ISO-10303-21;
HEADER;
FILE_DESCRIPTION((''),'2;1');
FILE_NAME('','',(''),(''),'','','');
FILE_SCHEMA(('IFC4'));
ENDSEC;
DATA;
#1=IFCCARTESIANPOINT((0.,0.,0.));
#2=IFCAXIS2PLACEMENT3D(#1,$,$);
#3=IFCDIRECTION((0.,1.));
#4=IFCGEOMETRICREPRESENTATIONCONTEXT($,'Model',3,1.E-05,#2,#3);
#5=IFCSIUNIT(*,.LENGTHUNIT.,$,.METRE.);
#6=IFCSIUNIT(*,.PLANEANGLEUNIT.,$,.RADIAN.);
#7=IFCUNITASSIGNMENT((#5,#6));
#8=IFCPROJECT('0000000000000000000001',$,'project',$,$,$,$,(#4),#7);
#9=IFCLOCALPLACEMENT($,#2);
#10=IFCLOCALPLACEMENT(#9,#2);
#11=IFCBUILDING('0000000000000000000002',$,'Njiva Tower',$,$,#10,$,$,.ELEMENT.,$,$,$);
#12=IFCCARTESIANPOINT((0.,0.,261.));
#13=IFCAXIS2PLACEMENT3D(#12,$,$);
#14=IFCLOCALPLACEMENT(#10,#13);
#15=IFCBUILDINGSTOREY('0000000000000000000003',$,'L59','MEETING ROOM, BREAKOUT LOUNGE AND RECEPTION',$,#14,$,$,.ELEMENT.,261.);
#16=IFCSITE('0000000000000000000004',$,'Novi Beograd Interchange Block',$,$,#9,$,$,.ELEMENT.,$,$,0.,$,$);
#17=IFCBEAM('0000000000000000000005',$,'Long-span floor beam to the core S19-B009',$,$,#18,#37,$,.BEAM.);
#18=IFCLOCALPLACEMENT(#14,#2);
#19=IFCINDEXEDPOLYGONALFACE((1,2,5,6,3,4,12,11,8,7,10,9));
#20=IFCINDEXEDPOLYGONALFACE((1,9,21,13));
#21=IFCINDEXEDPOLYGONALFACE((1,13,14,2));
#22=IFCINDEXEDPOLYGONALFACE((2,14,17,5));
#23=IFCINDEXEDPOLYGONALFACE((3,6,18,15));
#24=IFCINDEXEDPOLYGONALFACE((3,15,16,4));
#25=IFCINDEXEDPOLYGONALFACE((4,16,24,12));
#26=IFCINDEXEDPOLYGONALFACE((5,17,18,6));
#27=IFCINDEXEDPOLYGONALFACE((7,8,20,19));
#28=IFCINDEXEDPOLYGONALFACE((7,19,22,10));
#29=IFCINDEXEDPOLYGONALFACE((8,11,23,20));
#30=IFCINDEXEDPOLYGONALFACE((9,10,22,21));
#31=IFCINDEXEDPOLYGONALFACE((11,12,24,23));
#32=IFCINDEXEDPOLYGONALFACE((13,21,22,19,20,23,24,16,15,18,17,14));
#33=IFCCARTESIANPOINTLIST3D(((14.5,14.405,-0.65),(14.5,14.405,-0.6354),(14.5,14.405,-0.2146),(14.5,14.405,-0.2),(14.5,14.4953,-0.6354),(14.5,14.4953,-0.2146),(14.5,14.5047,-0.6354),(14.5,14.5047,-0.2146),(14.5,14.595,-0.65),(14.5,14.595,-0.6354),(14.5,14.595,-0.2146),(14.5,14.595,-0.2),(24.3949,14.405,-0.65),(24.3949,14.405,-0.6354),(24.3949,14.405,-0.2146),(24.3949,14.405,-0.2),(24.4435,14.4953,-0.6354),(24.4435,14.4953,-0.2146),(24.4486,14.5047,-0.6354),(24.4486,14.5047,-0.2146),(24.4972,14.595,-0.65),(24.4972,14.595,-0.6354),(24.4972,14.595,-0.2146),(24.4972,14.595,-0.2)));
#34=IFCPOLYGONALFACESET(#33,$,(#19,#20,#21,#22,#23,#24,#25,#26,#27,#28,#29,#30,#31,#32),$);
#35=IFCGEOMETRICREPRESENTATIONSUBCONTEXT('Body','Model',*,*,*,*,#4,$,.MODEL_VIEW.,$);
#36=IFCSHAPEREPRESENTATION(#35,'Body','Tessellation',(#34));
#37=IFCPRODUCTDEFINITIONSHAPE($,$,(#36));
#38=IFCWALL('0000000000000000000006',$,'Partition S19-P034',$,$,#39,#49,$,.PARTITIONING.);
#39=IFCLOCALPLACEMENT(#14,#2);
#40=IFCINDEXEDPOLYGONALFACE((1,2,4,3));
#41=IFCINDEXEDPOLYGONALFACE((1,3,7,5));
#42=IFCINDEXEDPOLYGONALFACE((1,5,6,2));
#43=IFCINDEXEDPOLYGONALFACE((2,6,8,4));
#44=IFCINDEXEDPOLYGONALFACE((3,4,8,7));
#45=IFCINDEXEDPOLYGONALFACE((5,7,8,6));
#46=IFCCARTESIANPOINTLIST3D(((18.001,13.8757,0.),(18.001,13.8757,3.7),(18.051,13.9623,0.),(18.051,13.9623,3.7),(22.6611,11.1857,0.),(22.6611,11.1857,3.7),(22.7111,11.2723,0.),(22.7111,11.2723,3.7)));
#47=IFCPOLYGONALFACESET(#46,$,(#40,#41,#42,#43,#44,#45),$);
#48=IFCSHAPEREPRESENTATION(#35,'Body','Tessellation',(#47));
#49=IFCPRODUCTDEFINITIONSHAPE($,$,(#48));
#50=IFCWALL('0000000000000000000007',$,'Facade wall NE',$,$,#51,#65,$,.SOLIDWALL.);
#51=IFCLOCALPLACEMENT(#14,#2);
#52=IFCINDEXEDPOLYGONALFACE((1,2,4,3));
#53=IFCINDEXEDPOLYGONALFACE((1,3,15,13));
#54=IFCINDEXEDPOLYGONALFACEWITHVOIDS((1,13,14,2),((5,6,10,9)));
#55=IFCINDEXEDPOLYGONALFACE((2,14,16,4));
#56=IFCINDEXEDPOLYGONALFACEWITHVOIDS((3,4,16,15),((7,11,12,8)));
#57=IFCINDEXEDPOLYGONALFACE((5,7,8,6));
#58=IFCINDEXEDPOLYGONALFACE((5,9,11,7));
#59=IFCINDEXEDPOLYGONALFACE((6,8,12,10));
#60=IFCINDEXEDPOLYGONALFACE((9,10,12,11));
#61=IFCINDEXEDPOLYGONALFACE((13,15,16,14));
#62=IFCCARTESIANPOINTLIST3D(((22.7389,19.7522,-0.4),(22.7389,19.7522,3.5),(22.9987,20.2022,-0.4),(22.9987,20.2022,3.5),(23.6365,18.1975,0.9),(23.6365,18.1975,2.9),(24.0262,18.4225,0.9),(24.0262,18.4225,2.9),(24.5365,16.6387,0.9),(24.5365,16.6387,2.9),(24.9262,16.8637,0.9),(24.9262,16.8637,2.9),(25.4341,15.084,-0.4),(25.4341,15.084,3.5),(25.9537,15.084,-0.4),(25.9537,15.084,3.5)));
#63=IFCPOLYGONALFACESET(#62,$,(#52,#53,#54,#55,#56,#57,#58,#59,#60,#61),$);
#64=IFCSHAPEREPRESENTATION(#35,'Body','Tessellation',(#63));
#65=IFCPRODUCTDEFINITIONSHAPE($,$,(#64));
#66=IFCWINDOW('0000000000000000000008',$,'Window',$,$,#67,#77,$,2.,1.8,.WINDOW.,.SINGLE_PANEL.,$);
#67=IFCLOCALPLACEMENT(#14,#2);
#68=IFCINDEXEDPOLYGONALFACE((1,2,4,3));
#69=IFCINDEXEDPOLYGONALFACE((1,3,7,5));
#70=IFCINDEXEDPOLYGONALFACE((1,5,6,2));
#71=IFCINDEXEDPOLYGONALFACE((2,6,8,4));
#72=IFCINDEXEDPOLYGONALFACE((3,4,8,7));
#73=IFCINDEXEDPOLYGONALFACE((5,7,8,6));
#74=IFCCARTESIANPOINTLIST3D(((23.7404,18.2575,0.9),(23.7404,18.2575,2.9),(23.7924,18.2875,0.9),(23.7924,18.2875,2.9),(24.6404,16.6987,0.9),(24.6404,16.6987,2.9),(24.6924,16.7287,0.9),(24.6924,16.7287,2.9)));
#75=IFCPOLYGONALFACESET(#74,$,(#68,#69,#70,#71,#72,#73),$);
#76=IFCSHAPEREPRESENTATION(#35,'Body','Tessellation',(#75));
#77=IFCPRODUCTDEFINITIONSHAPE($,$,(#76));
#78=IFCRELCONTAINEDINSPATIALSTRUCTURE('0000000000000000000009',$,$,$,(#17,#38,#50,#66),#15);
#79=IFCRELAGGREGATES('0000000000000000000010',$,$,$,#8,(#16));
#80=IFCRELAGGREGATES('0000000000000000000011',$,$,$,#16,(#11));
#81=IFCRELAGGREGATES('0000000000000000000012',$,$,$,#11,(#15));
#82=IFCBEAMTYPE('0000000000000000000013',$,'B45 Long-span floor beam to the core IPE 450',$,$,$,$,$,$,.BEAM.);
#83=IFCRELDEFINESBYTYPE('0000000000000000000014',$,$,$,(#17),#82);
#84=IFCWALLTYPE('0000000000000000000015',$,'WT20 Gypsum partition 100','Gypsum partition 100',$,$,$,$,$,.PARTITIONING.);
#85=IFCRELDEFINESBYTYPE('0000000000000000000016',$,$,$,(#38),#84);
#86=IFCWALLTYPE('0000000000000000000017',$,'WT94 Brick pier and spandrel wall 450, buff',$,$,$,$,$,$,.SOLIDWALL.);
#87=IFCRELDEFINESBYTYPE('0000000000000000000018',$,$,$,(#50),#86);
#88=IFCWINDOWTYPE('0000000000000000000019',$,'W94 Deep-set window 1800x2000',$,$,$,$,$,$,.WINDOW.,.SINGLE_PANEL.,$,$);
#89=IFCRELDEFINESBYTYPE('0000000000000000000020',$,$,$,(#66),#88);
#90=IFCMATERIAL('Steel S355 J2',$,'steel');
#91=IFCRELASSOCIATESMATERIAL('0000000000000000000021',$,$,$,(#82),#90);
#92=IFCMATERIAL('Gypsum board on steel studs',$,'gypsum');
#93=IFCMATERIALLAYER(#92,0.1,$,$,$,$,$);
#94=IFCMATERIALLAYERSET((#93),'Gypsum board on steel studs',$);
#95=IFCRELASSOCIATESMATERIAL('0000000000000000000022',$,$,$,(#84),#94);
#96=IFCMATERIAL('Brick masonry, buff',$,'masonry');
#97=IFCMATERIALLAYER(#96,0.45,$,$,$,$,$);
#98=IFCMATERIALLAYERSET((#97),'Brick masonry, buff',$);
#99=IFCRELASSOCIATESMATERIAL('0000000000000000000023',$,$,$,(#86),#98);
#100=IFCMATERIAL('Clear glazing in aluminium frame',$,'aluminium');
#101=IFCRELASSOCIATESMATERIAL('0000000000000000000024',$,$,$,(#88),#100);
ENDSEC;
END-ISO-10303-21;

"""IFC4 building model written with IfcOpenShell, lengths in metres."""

from ifc_helpers import new_model, si_unit, direction, frame, frame_2d, origin, origin_2d, place, context, subcontext, project, spatial, polyline, rectangle, i_section, outline, extrude, clip, halfspace, material, layer, layer_set, material_profile, profile_set, type_object, element, fill, save


model = new_model("IFC4")

# Units and contexts
model_context = context("Model", 3, precision=1e-05, world=origin(), true_north=direction((0.0, 1.0)))
body_context = subcontext(model_context, "Body", "Model", "MODEL_VIEW")
ifc_project = project(units=[si_unit("LENGTHUNIT", "METRE"), si_unit("PLANEANGLEUNIT", "RADIAN")], contexts=[model_context])

# Site, building, storey
site_placement = place(None, origin())
site = spatial("IfcSite", under=ifc_project, at=site_placement, Name="Novi Beograd Interchange Block", CompositionType="ELEMENT", RefElevation=0.0)
building_placement = place(site_placement, origin())
building = spatial("IfcBuilding", under=site, at=building_placement, Name="Njiva Tower", CompositionType="ELEMENT")
storey_placement = place(building_placement, frame((0.0, 0.0, 261.0)))
storey = spatial("IfcBuildingStorey", under=building, at=storey_placement, Name="L59", Description="MEETING ROOM, BREAKOUT LOUNGE AND RECEPTION", CompositionType="ELEMENT", Elevation=261.0)

# Shared definitions
ifc_material_1 = material(Name="Steel S355 J2", Category="steel")

# Beam
ifc_material_profile_1 = material_profile(ifc_material_1, i_section(OverallWidth=0.19, OverallDepth=0.45, WebThickness=0.0094, FlangeThickness=0.0146, at=origin_2d()), Name="IPE 450")
ifc_profile_set_1 = profile_set([ifc_material_profile_1], Name="Steel S355 J2")
beam_type_1 = type_object("IfcBeamType", Name="B45 Long-span floor beam to the core IPE 450", PredefinedType="BEAM", material=ifc_profile_set_1)
beam_1_placement = place(storey_placement, frame((14.5, 14.5, -0.425), z_axis=(1.0, 0.0, 0.0), x_axis=(0.0, 1.0, 0.0)))
element("IfcBeam", 1, at=beam_1_placement, inside=storey, type_object=beam_type_1, Name="Long-span floor beam to the core S19-B009", PredefinedType="BEAM", context=body_context, shape_type="Clipping", body=[
    clip(extrude(i_section(OverallWidth=0.19, OverallDepth=0.45, WebThickness=0.0094, FlangeThickness=0.0146, at=origin_2d()), origin(), (0.0, 0.0, 1.0), 10.017), halfspace(frame((-0.0237, 0.0, 9.9333), z_axis=(-0.473762, 0.0, 0.880653), x_axis=(0.0, 1.0, 0.0)), False)),
])

# Wall
ifc_material_2 = material(Name="Gypsum board on steel studs", Category="gypsum")
ifc_layer_1 = layer(ifc_material_2, 0.1)
ifc_layer_set_1 = layer_set([ifc_layer_1], Name="Gypsum board on steel studs")
wall_type_1 = type_object("IfcWallType", Name="WT20 Gypsum partition 100", Description="Gypsum partition 100", PredefinedType="PARTITIONING", material=ifc_layer_set_1)
wall_1_placement = place(storey_placement, frame((18.026, 13.919, 0.0), z_axis=(0.0, 0.0, 1.0), x_axis=(0.866062, -0.499937, 0.0)))
element("IfcWall", 2, at=wall_1_placement, inside=storey, type_object=wall_type_1, Name="Partition S19-P034", PredefinedType="PARTITIONING", context=body_context, shape_type="SweptSolid", body=[
    extrude(rectangle(XDim=5.3807, YDim=0.1, at=frame_2d((2.6904, 0.0))), origin(), (0.0, 0.0, 1.0), 3.7),
])

# Shared definitions
ifc_material_3 = material(Name="Clear glazing in aluminium frame", Category="aluminium")

# Wall, opening, window
ifc_material_4 = material(Name="Brick masonry, buff", Category="masonry")
ifc_layer_2 = layer(ifc_material_4, 0.45)
ifc_layer_set_2 = layer_set([ifc_layer_2], Name="Brick masonry, buff")
wall_type_2 = type_object("IfcWallType", Name="WT94 Brick pier and spandrel wall 450, buff", PredefinedType="SOLIDWALL", material=ifc_layer_set_2)
wall_2_placement = place(storey_placement, frame((25.6939, 15.084, -0.4), z_axis=(0.0, 0.0, 1.0), x_axis=(-0.500001, 0.866025, 0.0)))
wall_2 = element("IfcWall", 3, at=wall_2_placement, inside=storey, type_object=wall_type_2, Name="Facade wall NE", PredefinedType="SOLIDWALL", context=body_context, shape_type="SweptSolid", body=[
    extrude(outline(polyline([(-0.1299, -0.225), (5.7801, -0.225), (5.5203, 0.225), (0.1299, 0.225), (-0.1299, -0.225)])), origin(), (0.0, 0.0, 1.0), 3.9),
])
opening_1_placement = place(wall_2_placement, frame((1.9251, 0.0, 1.3)))
opening_1 = element("IfcOpeningElement", 4, at=opening_1_placement, cuts=wall_2, PredefinedType="OPENING", context=body_context, shape_type="SweptSolid", body=[
    extrude(rectangle(XDim=1.8, YDim=2.0, at=frame_2d((0.9, 1.0))), frame((0.0, 0.235, 0.0), z_axis=(0.0, -1.0, 0.0), x_axis=(1.0, 0.0, 0.0)), (0.0, 0.0, 1.0), 0.47),
])
window_type_1 = type_object("IfcWindowType", Name="W94 Deep-set window 1800x2000", PartitioningType="SINGLE_PANEL", PredefinedType="WINDOW", material=ifc_material_3)
window_1_placement = place(opening_1_placement, origin())
window_1 = element("IfcWindow", 5, at=window_1_placement, inside=storey, type_object=window_type_1, Name="Window", OverallHeight=2.0, OverallWidth=1.8, PartitioningType="SINGLE_PANEL", PredefinedType="WINDOW", context=body_context, shape_type="SweptSolid", body=[
    extrude(rectangle(XDim=1.8, YDim=2.0, at=frame_2d((0.9, 1.0))), frame((0.0, 0.105, 0.0), z_axis=(0.0, -1.0, 0.0), x_axis=(1.0, 0.0, 0.0)), (0.0, 0.0, 1.0), 0.06),
])
fill(opening_1, window_1)

save(model, "model.ifc")
